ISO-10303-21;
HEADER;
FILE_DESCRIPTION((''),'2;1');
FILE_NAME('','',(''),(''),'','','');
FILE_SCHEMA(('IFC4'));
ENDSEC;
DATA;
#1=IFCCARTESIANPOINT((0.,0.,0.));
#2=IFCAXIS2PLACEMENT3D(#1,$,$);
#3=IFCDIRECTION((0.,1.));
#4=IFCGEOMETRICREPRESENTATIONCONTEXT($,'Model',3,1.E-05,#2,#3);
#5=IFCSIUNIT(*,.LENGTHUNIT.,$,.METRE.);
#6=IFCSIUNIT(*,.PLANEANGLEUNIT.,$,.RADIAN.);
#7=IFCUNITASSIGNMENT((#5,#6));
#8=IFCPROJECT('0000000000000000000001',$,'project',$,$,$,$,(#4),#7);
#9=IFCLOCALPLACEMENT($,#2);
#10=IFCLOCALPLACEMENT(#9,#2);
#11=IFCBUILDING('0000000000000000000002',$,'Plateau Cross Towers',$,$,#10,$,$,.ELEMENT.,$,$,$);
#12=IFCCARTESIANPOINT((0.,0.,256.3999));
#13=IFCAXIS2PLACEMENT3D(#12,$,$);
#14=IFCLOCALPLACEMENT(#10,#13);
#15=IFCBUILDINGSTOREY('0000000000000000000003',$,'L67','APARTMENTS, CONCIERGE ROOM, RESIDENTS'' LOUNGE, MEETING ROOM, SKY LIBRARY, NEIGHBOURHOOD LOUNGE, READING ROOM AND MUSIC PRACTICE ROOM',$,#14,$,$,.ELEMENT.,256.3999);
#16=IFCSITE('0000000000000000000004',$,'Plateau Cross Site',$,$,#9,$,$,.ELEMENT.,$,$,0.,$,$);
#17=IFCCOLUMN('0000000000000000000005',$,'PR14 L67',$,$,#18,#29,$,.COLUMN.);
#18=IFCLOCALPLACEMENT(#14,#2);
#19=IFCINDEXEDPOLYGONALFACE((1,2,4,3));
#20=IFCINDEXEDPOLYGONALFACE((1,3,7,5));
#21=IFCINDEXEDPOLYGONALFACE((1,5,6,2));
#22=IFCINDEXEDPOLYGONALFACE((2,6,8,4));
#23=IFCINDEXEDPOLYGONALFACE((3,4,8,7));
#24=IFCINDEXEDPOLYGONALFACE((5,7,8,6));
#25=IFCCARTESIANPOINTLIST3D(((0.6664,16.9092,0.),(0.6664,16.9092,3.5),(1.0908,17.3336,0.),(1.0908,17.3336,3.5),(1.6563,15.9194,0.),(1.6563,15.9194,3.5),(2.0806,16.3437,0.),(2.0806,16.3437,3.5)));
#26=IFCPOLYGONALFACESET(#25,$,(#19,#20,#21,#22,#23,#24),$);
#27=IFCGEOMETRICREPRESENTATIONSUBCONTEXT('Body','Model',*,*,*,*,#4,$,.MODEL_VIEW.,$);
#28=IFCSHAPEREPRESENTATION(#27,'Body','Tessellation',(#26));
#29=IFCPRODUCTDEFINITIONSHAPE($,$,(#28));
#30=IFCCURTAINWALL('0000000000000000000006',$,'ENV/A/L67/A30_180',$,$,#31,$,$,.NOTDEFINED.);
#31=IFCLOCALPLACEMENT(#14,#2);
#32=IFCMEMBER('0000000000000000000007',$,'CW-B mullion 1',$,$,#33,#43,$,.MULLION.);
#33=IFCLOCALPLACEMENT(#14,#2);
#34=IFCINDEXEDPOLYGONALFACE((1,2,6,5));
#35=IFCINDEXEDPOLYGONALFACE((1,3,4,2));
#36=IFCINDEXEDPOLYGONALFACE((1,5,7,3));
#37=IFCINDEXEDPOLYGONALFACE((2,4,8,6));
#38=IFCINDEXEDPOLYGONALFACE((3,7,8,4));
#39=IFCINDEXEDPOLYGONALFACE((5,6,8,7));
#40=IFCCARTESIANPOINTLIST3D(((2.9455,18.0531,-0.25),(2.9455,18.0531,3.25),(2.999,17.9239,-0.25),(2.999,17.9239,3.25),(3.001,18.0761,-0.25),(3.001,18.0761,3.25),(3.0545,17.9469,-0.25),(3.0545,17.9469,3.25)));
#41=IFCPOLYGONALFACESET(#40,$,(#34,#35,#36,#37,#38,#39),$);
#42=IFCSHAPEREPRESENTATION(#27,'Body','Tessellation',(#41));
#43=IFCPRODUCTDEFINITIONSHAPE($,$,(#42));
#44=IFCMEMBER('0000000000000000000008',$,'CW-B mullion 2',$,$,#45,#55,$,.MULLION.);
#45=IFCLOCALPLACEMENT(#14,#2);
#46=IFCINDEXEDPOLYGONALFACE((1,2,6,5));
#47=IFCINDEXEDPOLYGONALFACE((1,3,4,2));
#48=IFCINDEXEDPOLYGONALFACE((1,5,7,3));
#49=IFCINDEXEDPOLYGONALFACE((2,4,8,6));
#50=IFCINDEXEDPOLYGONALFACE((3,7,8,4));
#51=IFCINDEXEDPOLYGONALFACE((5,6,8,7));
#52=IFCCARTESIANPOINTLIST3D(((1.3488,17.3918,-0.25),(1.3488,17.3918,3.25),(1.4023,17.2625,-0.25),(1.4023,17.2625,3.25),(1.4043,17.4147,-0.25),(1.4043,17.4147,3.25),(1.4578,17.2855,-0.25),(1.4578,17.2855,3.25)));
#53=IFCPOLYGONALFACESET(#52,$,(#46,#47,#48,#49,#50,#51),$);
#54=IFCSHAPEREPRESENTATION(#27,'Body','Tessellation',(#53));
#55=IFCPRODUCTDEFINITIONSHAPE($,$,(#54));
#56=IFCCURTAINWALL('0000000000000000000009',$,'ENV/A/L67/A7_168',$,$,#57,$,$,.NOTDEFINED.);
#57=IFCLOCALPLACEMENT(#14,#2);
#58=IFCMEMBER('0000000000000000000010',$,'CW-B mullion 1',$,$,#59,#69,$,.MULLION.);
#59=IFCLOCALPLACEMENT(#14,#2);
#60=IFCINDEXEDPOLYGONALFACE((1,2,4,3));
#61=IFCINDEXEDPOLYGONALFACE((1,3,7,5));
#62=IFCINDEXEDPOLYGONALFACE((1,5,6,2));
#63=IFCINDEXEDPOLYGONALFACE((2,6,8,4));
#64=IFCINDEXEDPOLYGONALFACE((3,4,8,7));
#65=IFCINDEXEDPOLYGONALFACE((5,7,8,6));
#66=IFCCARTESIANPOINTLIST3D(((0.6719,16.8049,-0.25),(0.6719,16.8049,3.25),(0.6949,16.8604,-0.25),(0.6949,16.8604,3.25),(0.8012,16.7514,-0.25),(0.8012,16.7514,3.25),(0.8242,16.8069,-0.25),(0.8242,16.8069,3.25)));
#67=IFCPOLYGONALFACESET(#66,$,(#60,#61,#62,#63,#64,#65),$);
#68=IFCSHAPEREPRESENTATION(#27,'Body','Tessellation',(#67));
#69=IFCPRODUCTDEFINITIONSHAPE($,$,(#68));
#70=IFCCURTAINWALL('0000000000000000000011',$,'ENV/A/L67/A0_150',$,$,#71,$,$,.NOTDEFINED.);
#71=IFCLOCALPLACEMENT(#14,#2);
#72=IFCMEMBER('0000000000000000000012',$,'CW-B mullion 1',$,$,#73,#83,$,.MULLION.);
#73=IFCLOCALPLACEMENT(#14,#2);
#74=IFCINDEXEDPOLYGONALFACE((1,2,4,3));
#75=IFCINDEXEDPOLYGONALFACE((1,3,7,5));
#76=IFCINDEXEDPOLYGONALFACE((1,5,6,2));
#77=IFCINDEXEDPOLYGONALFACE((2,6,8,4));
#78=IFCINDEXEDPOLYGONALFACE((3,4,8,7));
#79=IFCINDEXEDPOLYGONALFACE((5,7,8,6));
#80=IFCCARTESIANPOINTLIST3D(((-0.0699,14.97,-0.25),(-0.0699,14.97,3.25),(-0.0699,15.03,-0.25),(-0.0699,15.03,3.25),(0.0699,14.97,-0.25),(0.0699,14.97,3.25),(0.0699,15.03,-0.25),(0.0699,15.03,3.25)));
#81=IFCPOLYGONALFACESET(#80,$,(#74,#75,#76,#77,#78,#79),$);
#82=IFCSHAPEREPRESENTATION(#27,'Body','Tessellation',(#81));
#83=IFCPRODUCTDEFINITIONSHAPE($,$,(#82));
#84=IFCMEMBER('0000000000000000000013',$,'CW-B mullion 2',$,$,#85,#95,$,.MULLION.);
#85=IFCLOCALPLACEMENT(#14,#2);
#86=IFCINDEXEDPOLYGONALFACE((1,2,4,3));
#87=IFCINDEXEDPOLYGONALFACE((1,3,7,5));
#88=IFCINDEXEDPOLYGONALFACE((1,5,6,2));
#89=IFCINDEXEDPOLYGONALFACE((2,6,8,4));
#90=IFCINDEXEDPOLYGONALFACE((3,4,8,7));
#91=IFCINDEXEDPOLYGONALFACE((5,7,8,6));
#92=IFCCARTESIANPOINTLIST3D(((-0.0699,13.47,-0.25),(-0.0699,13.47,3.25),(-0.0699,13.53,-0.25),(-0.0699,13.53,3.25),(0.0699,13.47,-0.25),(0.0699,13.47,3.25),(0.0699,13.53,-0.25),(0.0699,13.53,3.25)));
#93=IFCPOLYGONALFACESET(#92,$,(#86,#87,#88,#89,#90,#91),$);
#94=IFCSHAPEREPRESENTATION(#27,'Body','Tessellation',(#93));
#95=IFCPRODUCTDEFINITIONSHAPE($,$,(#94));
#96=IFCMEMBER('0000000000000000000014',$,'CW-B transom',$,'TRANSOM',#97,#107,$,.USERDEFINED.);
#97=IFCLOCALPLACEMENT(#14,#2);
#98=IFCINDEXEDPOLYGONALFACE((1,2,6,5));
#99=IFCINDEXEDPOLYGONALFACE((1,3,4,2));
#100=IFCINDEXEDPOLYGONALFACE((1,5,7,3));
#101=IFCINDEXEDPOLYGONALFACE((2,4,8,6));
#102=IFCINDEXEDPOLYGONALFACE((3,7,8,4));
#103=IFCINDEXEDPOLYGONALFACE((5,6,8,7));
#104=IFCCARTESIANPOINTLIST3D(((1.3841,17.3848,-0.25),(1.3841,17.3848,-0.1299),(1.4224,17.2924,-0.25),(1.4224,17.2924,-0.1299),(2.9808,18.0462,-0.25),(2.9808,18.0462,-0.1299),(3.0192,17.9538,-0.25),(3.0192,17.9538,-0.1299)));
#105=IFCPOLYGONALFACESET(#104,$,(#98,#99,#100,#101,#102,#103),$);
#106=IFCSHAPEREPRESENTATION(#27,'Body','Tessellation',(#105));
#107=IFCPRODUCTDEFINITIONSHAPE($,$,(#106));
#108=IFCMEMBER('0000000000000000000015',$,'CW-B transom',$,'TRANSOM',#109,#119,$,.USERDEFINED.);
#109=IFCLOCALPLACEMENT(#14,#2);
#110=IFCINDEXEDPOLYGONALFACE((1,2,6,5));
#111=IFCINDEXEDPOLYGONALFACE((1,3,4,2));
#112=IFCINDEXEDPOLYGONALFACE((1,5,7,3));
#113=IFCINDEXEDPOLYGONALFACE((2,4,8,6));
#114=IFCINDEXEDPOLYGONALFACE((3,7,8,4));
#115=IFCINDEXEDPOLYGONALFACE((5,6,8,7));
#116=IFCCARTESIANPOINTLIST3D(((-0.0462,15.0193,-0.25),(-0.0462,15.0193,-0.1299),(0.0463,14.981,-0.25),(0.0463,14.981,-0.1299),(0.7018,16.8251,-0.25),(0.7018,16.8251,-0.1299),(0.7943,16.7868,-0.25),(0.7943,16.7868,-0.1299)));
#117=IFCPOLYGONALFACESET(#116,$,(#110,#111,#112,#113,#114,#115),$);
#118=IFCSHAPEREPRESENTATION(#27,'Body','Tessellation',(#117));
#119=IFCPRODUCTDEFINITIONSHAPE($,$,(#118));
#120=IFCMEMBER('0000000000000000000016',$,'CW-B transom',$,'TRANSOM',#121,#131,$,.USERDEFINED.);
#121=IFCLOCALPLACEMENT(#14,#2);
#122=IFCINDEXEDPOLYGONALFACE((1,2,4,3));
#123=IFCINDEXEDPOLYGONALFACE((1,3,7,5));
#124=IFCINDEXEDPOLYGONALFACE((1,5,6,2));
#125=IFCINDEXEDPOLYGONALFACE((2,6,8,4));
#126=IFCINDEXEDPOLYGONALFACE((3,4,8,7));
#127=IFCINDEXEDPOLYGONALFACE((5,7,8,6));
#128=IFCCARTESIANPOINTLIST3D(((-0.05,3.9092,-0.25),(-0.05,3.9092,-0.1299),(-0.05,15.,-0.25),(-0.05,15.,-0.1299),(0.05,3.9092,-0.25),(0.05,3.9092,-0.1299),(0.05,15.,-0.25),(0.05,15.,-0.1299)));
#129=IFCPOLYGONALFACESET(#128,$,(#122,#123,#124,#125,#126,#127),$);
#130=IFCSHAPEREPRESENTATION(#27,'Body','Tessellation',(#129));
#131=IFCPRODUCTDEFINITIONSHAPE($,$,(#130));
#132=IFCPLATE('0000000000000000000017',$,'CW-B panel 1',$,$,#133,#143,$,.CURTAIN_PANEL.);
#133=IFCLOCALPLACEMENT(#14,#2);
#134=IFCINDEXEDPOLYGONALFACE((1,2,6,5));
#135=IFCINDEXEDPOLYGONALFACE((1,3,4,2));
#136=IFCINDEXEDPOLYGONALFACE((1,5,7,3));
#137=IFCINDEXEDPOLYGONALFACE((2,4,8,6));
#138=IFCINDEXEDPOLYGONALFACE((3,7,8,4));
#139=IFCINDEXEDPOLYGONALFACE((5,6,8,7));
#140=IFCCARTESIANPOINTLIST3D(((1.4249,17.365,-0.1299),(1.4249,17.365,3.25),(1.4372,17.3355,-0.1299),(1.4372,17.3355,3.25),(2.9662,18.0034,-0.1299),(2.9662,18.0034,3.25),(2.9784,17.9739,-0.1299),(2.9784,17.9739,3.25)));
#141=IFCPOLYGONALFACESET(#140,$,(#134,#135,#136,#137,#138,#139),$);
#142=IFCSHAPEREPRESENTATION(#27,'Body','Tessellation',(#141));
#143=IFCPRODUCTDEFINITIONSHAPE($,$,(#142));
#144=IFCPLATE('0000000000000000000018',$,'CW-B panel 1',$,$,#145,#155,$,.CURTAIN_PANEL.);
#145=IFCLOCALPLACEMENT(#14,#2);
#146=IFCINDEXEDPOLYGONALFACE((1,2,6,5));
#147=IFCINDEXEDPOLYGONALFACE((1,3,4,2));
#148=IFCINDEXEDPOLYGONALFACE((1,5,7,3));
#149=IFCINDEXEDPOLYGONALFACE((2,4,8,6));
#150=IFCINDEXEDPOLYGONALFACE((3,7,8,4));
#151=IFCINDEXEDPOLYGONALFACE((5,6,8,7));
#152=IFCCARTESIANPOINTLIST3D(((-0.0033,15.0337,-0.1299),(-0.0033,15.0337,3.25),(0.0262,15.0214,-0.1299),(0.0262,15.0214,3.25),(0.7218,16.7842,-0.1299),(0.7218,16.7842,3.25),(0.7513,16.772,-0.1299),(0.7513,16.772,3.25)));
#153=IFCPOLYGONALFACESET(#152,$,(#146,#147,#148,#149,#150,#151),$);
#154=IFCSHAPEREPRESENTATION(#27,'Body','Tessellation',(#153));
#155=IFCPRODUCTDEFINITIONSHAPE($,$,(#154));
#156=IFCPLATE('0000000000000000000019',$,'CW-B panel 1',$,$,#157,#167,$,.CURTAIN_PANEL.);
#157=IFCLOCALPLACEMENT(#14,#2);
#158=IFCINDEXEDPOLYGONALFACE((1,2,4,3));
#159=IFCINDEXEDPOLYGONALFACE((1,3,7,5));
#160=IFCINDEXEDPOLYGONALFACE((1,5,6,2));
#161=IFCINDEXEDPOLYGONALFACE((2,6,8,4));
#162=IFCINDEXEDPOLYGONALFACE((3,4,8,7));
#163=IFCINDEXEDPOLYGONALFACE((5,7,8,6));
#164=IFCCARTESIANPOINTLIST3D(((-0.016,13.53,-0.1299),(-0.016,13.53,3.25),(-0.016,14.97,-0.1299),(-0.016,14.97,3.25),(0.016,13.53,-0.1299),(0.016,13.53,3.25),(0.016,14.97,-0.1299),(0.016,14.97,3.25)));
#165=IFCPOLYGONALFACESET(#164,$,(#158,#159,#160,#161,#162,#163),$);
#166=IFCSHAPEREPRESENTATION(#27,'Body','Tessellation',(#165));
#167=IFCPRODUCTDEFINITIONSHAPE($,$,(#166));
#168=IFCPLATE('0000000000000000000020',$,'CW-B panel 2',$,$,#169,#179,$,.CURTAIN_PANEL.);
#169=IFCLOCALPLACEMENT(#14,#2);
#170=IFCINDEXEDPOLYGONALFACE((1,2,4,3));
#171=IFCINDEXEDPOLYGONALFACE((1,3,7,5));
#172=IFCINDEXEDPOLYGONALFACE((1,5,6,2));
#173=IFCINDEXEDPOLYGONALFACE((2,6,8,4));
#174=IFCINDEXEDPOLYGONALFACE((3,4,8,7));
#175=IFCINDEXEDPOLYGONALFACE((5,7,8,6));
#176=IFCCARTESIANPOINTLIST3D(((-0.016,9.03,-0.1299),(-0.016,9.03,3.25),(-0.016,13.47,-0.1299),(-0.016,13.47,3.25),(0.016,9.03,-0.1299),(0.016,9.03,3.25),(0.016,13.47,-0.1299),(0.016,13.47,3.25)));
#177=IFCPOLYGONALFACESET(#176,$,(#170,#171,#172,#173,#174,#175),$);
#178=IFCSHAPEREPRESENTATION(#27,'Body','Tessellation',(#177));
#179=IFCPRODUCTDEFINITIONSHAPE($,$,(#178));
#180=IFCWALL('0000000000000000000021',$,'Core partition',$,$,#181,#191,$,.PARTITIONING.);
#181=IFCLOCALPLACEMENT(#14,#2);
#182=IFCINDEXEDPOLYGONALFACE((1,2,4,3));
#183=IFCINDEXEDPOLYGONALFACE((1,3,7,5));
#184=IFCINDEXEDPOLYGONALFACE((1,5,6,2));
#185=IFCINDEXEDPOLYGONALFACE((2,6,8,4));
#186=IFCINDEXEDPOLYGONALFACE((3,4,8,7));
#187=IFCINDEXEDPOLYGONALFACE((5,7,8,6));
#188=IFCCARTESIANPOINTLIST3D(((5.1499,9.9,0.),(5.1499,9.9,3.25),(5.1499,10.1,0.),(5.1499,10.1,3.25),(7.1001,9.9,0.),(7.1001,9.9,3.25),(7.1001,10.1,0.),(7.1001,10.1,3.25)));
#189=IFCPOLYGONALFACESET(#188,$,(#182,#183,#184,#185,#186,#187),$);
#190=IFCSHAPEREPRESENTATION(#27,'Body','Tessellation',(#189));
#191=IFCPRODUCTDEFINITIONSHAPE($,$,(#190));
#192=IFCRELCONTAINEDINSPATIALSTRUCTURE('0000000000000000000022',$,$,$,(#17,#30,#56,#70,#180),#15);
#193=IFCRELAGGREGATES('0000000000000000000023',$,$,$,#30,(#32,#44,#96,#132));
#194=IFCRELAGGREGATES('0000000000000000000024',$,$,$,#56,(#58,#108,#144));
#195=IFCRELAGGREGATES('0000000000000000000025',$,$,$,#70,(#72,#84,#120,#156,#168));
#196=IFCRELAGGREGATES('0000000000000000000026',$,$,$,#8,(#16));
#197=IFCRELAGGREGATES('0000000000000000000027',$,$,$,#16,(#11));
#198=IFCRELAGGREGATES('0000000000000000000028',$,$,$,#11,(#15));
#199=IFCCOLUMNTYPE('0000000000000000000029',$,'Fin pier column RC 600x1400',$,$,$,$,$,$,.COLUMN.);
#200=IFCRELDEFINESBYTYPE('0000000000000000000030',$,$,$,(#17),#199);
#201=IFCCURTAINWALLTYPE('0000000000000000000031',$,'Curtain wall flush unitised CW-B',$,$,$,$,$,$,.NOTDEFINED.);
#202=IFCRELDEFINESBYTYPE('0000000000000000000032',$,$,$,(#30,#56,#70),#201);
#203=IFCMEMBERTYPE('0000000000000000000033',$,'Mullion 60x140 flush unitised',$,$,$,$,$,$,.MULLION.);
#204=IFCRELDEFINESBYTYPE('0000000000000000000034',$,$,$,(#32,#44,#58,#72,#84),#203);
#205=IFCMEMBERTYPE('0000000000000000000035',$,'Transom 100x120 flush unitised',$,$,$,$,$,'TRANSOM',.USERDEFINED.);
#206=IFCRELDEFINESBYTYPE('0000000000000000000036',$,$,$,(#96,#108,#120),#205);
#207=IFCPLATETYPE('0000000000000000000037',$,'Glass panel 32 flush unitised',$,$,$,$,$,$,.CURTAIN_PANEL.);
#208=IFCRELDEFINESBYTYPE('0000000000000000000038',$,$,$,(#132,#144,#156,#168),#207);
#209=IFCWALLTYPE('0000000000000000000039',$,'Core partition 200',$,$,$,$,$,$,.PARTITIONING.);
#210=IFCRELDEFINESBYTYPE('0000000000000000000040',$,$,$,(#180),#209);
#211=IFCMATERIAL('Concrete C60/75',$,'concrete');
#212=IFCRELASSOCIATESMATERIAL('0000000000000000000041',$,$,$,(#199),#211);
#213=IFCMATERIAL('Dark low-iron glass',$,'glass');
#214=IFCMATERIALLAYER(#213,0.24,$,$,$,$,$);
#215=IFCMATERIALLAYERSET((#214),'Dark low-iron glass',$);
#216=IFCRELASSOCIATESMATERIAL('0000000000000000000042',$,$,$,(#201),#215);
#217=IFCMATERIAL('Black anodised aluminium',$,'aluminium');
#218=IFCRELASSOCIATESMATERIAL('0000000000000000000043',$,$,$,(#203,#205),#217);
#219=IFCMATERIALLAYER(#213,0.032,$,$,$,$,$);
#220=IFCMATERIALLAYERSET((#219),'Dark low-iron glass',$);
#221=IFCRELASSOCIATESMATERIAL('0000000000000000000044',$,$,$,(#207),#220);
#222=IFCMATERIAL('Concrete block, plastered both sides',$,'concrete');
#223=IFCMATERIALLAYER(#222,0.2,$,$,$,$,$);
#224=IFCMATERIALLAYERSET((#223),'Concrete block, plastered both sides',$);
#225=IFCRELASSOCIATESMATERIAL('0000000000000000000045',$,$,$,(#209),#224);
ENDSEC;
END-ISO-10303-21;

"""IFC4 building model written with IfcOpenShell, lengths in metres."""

from ifc_helpers import new_model, si_unit, direction, frame, frame_2d, origin, origin_2d, place, context, subcontext, project, spatial, rectangle, extrude, material, layer, layer_set, material_profile, profile_set, type_object, element, aggregate, save


model = new_model("IFC4")

# Units and contexts
model_context = context("Model", 3, precision=1e-05, world=origin(), true_north=direction((0.0, 1.0)))
body_context = subcontext(model_context, "Body", "Model", "MODEL_VIEW")
ifc_project = project(units=[si_unit("LENGTHUNIT", "METRE"), si_unit("PLANEANGLEUNIT", "RADIAN")], contexts=[model_context])

# Site, building, storey
site_placement = place(None, origin())
site = spatial("IfcSite", under=ifc_project, at=site_placement, Name="Plateau Cross Site", CompositionType="ELEMENT", RefElevation=0.0)
building_placement = place(site_placement, origin())
building = spatial("IfcBuilding", under=site, at=building_placement, Name="Plateau Cross Towers", CompositionType="ELEMENT")
storey_placement = place(building_placement, frame((0.0, 0.0, 256.3999)))
storey = spatial("IfcBuildingStorey", under=building, at=storey_placement, Name="L67", Description="APARTMENTS, CONCIERGE ROOM, RESIDENTS' LOUNGE, MEETING ROOM, SKY LIBRARY, NEIGHBOURHOOD LOUNGE, READING ROOM AND MUSIC PRACTICE ROOM", CompositionType="ELEMENT", Elevation=256.3999)

# Column
ifc_material_1 = material(Name="Concrete C60/75", Category="concrete")
ifc_material_profile_1 = material_profile(ifc_material_1, rectangle(XDim=0.6001, YDim=1.3999, at=origin_2d()), Name="RC 600x1400")
ifc_profile_set_1 = profile_set([ifc_material_profile_1], Name="Concrete C60/75")
column_type = type_object("IfcColumnType", Name="Fin pier column RC 600x1400", PredefinedType="COLUMN", material=ifc_profile_set_1)
column_placement = place(storey_placement, frame((1.3735, 16.6265, 0.0), z_axis=(0.0, 0.0, 1.0), x_axis=(0.707107, 0.707107, 0.0)))
element("IfcColumn", 1, at=column_placement, inside=storey, type_object=column_type, Name="PR14 L67", PredefinedType="COLUMN", context=body_context, shape_type="SweptSolid", body=[
    extrude(rectangle(XDim=0.6001, YDim=1.3999, at=origin_2d()), origin(), (0.0, 0.0, 1.0), 3.5),
])

# Curtain wall, members
ifc_material_2 = material(Name="Dark low-iron glass", Category="glass")
ifc_layer_1 = layer(ifc_material_2, 0.24)
ifc_layer_set_1 = layer_set([ifc_layer_1], Name="Dark low-iron glass")
curtain_wall_type = type_object("IfcCurtainWallType", Name="Curtain wall flush unitised CW-B", PredefinedType="NOTDEFINED", material=ifc_layer_set_1)
curtain_wall_1_placement = place(storey_placement, origin())
curtain_wall_1 = element("IfcCurtainWall", 2, at=curtain_wall_1_placement, inside=storey, type_object=curtain_wall_type, Name="ENV/A/L67/A30_180", PredefinedType="NOTDEFINED")
ifc_material_3 = material(Name="Black anodised aluminium", Category="aluminium")
ifc_material_profile_2 = material_profile(ifc_material_3, rectangle(XDim=0.0601, YDim=0.1399, at=origin_2d()), Name="MULLION 60x140")
ifc_profile_set_2 = profile_set([ifc_material_profile_2], Name="Black anodised aluminium")
member_type_1 = type_object("IfcMemberType", Name="Mullion 60x140 flush unitised", PredefinedType="MULLION", material=ifc_profile_set_2)
member_1_placement = place(storey_placement, frame((3.0, 18.0, -0.25), z_axis=(0.0, 0.0, 1.0), x_axis=(-0.923879, -0.382684, 0.0)))
member_1 = element("IfcMember", 3, at=member_1_placement, type_object=member_type_1, Name="CW-B mullion 1", PredefinedType="MULLION", context=body_context, shape_type="SweptSolid", body=[
    extrude(rectangle(XDim=0.0601, YDim=0.1399, at=origin_2d()), origin(), (0.0, 0.0, 1.0), 3.5),
])
member_2_placement = place(storey_placement, frame((1.4033, 17.3386, -0.25), z_axis=(0.0, 0.0, 1.0), x_axis=(-0.923879, -0.382684, 0.0)))
member_2 = element("IfcMember", 4, at=member_2_placement, type_object=member_type_1, Name="CW-B mullion 2", PredefinedType="MULLION", context=body_context, shape_type="SweptSolid", body=[
    extrude(rectangle(XDim=0.0601, YDim=0.1399, at=origin_2d()), origin(), (0.0, 0.0, 1.0), 3.5),
])

# Curtain wall, member
curtain_wall_2_placement = place(storey_placement, origin())
curtain_wall_2 = element("IfcCurtainWall", 5, at=curtain_wall_2_placement, inside=storey, type_object=curtain_wall_type, Name="ENV/A/L67/A7_168", PredefinedType="NOTDEFINED")
member_3_placement = place(storey_placement, frame((0.748, 16.8059, -0.25), z_axis=(0.0, 0.0, 1.0), x_axis=(-0.382684, -0.923879, 0.0)))
member_3 = element("IfcMember", 6, at=member_3_placement, type_object=member_type_1, Name="CW-B mullion 1", PredefinedType="MULLION", context=body_context, shape_type="SweptSolid", body=[
    extrude(rectangle(XDim=0.0601, YDim=0.1399, at=origin_2d()), origin(), (0.0, 0.0, 1.0), 3.5),
])

# Curtain wall, members
curtain_wall_3_placement = place(storey_placement, origin())
curtain_wall_3 = element("IfcCurtainWall", 7, at=curtain_wall_3_placement, inside=storey, type_object=curtain_wall_type, Name="ENV/A/L67/A0_150", PredefinedType="NOTDEFINED")
member_4_placement = place(storey_placement, frame((0.0, 15.0, -0.25), z_axis=(0.0, 0.0, 1.0), x_axis=(0.0, -1.0, 0.0)))
member_4 = element("IfcMember", 8, at=member_4_placement, type_object=member_type_1, Name="CW-B mullion 1", PredefinedType="MULLION", context=body_context, shape_type="SweptSolid", body=[
    extrude(rectangle(XDim=0.0601, YDim=0.1399, at=origin_2d()), origin(), (0.0, 0.0, 1.0), 3.5),
])
member_5_placement = place(storey_placement, frame((0.0, 13.5, -0.25), z_axis=(0.0, 0.0, 1.0), x_axis=(0.0, -1.0, 0.0)))
member_5 = element("IfcMember", 9, at=member_5_placement, type_object=member_type_1, Name="CW-B mullion 2", PredefinedType="MULLION", context=body_context, shape_type="SweptSolid", body=[
    extrude(rectangle(XDim=0.0601, YDim=0.1399, at=origin_2d()), origin(), (0.0, 0.0, 1.0), 3.5),
])

# Members
ifc_material_profile_3 = material_profile(ifc_material_3, rectangle(XDim=0.1001, YDim=0.1201, at=origin_2d()), Name="TRANSOM 100x120")
ifc_profile_set_3 = profile_set([ifc_material_profile_3], Name="Black anodised aluminium")
member_type_2 = type_object("IfcMemberType", Name="Transom 100x120 flush unitised", ElementType="TRANSOM", PredefinedType="USERDEFINED", material=ifc_profile_set_3)
member_6_placement = place(storey_placement, frame((3.0, 18.0, -0.1899), z_axis=(-0.923877, -0.382689, 0.0), x_axis=(0.382689, -0.923877, 0.0)))
member_6 = element("IfcMember", 10, at=member_6_placement, type_object=member_type_2, Name="CW-B transom", ObjectType="TRANSOM", PredefinedType="USERDEFINED", context=body_context, shape_type="SweptSolid", body=[
    extrude(rectangle(XDim=0.1001, YDim=0.1201, at=origin_2d()), origin(), (0.0, 0.0, 1.0), 1.7283),
])
member_7_placement = place(storey_placement, frame((0.748, 16.8059, -0.1899), z_axis=(-0.38269, -0.923877, 0.0), x_axis=(0.923877, -0.38269, 0.0)))
member_7 = element("IfcMember", 11, at=member_7_placement, type_object=member_type_2, Name="CW-B transom", ObjectType="TRANSOM", PredefinedType="USERDEFINED", context=body_context, shape_type="SweptSolid", body=[
    extrude(rectangle(XDim=0.1001, YDim=0.1201, at=origin_2d()), origin(), (0.0, 0.0, 1.0), 1.9546),
])
member_8_placement = place(storey_placement, frame((0.0, 15.0, -0.1899), z_axis=(0.0, -1.0, 0.0), x_axis=(1.0, 0.0, 0.0)))
member_8 = element("IfcMember", 12, at=member_8_placement, type_object=member_type_2, Name="CW-B transom", ObjectType="TRANSOM", PredefinedType="USERDEFINED", context=body_context, shape_type="SweptSolid", body=[
    extrude(rectangle(XDim=0.1001, YDim=0.1201, at=origin_2d()), origin(), (0.0, 0.0, 1.0), 11.0908),
])

# Plates
ifc_layer_2 = layer(ifc_material_2, 0.032)
ifc_layer_set_2 = layer_set([ifc_layer_2], Name="Dark low-iron glass")
plate_type = type_object("IfcPlateType", Name="Glass panel 32 flush unitised", PredefinedType="CURTAIN_PANEL", material=ifc_layer_set_2)
plate_1_placement = place(storey_placement, frame((2.2017, 17.6694, -0.1299), z_axis=(0.0, 0.0, 1.0), x_axis=(-0.923879, -0.382684, 0.0)))
plate_1 = element("IfcPlate", 13, at=plate_1_placement, type_object=plate_type, Name="CW-B panel 1", PredefinedType="CURTAIN_PANEL", context=body_context, shape_type="SweptSolid", body=[
    extrude(rectangle(XDim=1.6682, YDim=0.032, at=origin_2d()), origin(), (0.0, 0.0, 1.0), 3.3799),
])
aggregate(curtain_wall_1, [member_1, member_2, member_6, plate_1])
plate_2_placement = place(storey_placement, frame((0.374, 15.9028, -0.1299), z_axis=(0.0, 0.0, 1.0), x_axis=(-0.382684, -0.923879, 0.0)))
plate_2 = element("IfcPlate", 14, at=plate_2_placement, type_object=plate_type, Name="CW-B panel 1", PredefinedType="CURTAIN_PANEL", context=body_context, shape_type="SweptSolid", body=[
    extrude(rectangle(XDim=1.8948, YDim=0.032, at=origin_2d()), origin(), (0.0, 0.0, 1.0), 3.3799),
])
aggregate(curtain_wall_2, [member_3, member_7, plate_2])
plate_3_placement = place(storey_placement, frame((0.0, 14.25, -0.1299), z_axis=(0.0, 0.0, 1.0), x_axis=(0.0, -1.0, 0.0)))
plate_3 = element("IfcPlate", 15, at=plate_3_placement, type_object=plate_type, Name="CW-B panel 1", PredefinedType="CURTAIN_PANEL", context=body_context, shape_type="SweptSolid", body=[
    extrude(rectangle(XDim=1.4399, YDim=0.032, at=origin_2d()), origin(), (0.0, 0.0, 1.0), 3.3799),
])
plate_4_placement = place(storey_placement, frame((0.0, 11.25, -0.1299), z_axis=(0.0, 0.0, 1.0), x_axis=(0.0, -1.0, 0.0)))
plate_4 = element("IfcPlate", 16, at=plate_4_placement, type_object=plate_type, Name="CW-B panel 2", PredefinedType="CURTAIN_PANEL", context=body_context, shape_type="SweptSolid", body=[
    extrude(rectangle(XDim=4.4399, YDim=0.032, at=origin_2d()), origin(), (0.0, 0.0, 1.0), 3.3799),
])
aggregate(curtain_wall_3, [member_4, member_5, member_8, plate_3, plate_4])

# Wall
ifc_material_4 = material(Name="Concrete block, plastered both sides", Category="concrete")
ifc_layer_3 = layer(ifc_material_4, 0.2)
ifc_layer_set_3 = layer_set([ifc_layer_3], Name="Concrete block, plastered both sides")
wall_type_1 = type_object("IfcWallType", Name="Core partition 200", PredefinedType="PARTITIONING", material=ifc_layer_set_3)
wall_1_placement = place(storey_placement, frame((5.1499, 10.0, 0.0), z_axis=(0.0, 0.0, 1.0), x_axis=(1.0, 0.0, 0.0)))
element("IfcWall", 17, at=wall_1_placement, inside=storey, type_object=wall_type_1, Name="Core partition", PredefinedType="PARTITIONING", context=body_context, shape_type="SweptSolid", body=[
    extrude(rectangle(XDim=1.9502, YDim=0.2, at=frame_2d((0.9751, 0.0))), origin(), (0.0, 0.0, 1.0), 3.25),
])

save(model, "model.ifc")
